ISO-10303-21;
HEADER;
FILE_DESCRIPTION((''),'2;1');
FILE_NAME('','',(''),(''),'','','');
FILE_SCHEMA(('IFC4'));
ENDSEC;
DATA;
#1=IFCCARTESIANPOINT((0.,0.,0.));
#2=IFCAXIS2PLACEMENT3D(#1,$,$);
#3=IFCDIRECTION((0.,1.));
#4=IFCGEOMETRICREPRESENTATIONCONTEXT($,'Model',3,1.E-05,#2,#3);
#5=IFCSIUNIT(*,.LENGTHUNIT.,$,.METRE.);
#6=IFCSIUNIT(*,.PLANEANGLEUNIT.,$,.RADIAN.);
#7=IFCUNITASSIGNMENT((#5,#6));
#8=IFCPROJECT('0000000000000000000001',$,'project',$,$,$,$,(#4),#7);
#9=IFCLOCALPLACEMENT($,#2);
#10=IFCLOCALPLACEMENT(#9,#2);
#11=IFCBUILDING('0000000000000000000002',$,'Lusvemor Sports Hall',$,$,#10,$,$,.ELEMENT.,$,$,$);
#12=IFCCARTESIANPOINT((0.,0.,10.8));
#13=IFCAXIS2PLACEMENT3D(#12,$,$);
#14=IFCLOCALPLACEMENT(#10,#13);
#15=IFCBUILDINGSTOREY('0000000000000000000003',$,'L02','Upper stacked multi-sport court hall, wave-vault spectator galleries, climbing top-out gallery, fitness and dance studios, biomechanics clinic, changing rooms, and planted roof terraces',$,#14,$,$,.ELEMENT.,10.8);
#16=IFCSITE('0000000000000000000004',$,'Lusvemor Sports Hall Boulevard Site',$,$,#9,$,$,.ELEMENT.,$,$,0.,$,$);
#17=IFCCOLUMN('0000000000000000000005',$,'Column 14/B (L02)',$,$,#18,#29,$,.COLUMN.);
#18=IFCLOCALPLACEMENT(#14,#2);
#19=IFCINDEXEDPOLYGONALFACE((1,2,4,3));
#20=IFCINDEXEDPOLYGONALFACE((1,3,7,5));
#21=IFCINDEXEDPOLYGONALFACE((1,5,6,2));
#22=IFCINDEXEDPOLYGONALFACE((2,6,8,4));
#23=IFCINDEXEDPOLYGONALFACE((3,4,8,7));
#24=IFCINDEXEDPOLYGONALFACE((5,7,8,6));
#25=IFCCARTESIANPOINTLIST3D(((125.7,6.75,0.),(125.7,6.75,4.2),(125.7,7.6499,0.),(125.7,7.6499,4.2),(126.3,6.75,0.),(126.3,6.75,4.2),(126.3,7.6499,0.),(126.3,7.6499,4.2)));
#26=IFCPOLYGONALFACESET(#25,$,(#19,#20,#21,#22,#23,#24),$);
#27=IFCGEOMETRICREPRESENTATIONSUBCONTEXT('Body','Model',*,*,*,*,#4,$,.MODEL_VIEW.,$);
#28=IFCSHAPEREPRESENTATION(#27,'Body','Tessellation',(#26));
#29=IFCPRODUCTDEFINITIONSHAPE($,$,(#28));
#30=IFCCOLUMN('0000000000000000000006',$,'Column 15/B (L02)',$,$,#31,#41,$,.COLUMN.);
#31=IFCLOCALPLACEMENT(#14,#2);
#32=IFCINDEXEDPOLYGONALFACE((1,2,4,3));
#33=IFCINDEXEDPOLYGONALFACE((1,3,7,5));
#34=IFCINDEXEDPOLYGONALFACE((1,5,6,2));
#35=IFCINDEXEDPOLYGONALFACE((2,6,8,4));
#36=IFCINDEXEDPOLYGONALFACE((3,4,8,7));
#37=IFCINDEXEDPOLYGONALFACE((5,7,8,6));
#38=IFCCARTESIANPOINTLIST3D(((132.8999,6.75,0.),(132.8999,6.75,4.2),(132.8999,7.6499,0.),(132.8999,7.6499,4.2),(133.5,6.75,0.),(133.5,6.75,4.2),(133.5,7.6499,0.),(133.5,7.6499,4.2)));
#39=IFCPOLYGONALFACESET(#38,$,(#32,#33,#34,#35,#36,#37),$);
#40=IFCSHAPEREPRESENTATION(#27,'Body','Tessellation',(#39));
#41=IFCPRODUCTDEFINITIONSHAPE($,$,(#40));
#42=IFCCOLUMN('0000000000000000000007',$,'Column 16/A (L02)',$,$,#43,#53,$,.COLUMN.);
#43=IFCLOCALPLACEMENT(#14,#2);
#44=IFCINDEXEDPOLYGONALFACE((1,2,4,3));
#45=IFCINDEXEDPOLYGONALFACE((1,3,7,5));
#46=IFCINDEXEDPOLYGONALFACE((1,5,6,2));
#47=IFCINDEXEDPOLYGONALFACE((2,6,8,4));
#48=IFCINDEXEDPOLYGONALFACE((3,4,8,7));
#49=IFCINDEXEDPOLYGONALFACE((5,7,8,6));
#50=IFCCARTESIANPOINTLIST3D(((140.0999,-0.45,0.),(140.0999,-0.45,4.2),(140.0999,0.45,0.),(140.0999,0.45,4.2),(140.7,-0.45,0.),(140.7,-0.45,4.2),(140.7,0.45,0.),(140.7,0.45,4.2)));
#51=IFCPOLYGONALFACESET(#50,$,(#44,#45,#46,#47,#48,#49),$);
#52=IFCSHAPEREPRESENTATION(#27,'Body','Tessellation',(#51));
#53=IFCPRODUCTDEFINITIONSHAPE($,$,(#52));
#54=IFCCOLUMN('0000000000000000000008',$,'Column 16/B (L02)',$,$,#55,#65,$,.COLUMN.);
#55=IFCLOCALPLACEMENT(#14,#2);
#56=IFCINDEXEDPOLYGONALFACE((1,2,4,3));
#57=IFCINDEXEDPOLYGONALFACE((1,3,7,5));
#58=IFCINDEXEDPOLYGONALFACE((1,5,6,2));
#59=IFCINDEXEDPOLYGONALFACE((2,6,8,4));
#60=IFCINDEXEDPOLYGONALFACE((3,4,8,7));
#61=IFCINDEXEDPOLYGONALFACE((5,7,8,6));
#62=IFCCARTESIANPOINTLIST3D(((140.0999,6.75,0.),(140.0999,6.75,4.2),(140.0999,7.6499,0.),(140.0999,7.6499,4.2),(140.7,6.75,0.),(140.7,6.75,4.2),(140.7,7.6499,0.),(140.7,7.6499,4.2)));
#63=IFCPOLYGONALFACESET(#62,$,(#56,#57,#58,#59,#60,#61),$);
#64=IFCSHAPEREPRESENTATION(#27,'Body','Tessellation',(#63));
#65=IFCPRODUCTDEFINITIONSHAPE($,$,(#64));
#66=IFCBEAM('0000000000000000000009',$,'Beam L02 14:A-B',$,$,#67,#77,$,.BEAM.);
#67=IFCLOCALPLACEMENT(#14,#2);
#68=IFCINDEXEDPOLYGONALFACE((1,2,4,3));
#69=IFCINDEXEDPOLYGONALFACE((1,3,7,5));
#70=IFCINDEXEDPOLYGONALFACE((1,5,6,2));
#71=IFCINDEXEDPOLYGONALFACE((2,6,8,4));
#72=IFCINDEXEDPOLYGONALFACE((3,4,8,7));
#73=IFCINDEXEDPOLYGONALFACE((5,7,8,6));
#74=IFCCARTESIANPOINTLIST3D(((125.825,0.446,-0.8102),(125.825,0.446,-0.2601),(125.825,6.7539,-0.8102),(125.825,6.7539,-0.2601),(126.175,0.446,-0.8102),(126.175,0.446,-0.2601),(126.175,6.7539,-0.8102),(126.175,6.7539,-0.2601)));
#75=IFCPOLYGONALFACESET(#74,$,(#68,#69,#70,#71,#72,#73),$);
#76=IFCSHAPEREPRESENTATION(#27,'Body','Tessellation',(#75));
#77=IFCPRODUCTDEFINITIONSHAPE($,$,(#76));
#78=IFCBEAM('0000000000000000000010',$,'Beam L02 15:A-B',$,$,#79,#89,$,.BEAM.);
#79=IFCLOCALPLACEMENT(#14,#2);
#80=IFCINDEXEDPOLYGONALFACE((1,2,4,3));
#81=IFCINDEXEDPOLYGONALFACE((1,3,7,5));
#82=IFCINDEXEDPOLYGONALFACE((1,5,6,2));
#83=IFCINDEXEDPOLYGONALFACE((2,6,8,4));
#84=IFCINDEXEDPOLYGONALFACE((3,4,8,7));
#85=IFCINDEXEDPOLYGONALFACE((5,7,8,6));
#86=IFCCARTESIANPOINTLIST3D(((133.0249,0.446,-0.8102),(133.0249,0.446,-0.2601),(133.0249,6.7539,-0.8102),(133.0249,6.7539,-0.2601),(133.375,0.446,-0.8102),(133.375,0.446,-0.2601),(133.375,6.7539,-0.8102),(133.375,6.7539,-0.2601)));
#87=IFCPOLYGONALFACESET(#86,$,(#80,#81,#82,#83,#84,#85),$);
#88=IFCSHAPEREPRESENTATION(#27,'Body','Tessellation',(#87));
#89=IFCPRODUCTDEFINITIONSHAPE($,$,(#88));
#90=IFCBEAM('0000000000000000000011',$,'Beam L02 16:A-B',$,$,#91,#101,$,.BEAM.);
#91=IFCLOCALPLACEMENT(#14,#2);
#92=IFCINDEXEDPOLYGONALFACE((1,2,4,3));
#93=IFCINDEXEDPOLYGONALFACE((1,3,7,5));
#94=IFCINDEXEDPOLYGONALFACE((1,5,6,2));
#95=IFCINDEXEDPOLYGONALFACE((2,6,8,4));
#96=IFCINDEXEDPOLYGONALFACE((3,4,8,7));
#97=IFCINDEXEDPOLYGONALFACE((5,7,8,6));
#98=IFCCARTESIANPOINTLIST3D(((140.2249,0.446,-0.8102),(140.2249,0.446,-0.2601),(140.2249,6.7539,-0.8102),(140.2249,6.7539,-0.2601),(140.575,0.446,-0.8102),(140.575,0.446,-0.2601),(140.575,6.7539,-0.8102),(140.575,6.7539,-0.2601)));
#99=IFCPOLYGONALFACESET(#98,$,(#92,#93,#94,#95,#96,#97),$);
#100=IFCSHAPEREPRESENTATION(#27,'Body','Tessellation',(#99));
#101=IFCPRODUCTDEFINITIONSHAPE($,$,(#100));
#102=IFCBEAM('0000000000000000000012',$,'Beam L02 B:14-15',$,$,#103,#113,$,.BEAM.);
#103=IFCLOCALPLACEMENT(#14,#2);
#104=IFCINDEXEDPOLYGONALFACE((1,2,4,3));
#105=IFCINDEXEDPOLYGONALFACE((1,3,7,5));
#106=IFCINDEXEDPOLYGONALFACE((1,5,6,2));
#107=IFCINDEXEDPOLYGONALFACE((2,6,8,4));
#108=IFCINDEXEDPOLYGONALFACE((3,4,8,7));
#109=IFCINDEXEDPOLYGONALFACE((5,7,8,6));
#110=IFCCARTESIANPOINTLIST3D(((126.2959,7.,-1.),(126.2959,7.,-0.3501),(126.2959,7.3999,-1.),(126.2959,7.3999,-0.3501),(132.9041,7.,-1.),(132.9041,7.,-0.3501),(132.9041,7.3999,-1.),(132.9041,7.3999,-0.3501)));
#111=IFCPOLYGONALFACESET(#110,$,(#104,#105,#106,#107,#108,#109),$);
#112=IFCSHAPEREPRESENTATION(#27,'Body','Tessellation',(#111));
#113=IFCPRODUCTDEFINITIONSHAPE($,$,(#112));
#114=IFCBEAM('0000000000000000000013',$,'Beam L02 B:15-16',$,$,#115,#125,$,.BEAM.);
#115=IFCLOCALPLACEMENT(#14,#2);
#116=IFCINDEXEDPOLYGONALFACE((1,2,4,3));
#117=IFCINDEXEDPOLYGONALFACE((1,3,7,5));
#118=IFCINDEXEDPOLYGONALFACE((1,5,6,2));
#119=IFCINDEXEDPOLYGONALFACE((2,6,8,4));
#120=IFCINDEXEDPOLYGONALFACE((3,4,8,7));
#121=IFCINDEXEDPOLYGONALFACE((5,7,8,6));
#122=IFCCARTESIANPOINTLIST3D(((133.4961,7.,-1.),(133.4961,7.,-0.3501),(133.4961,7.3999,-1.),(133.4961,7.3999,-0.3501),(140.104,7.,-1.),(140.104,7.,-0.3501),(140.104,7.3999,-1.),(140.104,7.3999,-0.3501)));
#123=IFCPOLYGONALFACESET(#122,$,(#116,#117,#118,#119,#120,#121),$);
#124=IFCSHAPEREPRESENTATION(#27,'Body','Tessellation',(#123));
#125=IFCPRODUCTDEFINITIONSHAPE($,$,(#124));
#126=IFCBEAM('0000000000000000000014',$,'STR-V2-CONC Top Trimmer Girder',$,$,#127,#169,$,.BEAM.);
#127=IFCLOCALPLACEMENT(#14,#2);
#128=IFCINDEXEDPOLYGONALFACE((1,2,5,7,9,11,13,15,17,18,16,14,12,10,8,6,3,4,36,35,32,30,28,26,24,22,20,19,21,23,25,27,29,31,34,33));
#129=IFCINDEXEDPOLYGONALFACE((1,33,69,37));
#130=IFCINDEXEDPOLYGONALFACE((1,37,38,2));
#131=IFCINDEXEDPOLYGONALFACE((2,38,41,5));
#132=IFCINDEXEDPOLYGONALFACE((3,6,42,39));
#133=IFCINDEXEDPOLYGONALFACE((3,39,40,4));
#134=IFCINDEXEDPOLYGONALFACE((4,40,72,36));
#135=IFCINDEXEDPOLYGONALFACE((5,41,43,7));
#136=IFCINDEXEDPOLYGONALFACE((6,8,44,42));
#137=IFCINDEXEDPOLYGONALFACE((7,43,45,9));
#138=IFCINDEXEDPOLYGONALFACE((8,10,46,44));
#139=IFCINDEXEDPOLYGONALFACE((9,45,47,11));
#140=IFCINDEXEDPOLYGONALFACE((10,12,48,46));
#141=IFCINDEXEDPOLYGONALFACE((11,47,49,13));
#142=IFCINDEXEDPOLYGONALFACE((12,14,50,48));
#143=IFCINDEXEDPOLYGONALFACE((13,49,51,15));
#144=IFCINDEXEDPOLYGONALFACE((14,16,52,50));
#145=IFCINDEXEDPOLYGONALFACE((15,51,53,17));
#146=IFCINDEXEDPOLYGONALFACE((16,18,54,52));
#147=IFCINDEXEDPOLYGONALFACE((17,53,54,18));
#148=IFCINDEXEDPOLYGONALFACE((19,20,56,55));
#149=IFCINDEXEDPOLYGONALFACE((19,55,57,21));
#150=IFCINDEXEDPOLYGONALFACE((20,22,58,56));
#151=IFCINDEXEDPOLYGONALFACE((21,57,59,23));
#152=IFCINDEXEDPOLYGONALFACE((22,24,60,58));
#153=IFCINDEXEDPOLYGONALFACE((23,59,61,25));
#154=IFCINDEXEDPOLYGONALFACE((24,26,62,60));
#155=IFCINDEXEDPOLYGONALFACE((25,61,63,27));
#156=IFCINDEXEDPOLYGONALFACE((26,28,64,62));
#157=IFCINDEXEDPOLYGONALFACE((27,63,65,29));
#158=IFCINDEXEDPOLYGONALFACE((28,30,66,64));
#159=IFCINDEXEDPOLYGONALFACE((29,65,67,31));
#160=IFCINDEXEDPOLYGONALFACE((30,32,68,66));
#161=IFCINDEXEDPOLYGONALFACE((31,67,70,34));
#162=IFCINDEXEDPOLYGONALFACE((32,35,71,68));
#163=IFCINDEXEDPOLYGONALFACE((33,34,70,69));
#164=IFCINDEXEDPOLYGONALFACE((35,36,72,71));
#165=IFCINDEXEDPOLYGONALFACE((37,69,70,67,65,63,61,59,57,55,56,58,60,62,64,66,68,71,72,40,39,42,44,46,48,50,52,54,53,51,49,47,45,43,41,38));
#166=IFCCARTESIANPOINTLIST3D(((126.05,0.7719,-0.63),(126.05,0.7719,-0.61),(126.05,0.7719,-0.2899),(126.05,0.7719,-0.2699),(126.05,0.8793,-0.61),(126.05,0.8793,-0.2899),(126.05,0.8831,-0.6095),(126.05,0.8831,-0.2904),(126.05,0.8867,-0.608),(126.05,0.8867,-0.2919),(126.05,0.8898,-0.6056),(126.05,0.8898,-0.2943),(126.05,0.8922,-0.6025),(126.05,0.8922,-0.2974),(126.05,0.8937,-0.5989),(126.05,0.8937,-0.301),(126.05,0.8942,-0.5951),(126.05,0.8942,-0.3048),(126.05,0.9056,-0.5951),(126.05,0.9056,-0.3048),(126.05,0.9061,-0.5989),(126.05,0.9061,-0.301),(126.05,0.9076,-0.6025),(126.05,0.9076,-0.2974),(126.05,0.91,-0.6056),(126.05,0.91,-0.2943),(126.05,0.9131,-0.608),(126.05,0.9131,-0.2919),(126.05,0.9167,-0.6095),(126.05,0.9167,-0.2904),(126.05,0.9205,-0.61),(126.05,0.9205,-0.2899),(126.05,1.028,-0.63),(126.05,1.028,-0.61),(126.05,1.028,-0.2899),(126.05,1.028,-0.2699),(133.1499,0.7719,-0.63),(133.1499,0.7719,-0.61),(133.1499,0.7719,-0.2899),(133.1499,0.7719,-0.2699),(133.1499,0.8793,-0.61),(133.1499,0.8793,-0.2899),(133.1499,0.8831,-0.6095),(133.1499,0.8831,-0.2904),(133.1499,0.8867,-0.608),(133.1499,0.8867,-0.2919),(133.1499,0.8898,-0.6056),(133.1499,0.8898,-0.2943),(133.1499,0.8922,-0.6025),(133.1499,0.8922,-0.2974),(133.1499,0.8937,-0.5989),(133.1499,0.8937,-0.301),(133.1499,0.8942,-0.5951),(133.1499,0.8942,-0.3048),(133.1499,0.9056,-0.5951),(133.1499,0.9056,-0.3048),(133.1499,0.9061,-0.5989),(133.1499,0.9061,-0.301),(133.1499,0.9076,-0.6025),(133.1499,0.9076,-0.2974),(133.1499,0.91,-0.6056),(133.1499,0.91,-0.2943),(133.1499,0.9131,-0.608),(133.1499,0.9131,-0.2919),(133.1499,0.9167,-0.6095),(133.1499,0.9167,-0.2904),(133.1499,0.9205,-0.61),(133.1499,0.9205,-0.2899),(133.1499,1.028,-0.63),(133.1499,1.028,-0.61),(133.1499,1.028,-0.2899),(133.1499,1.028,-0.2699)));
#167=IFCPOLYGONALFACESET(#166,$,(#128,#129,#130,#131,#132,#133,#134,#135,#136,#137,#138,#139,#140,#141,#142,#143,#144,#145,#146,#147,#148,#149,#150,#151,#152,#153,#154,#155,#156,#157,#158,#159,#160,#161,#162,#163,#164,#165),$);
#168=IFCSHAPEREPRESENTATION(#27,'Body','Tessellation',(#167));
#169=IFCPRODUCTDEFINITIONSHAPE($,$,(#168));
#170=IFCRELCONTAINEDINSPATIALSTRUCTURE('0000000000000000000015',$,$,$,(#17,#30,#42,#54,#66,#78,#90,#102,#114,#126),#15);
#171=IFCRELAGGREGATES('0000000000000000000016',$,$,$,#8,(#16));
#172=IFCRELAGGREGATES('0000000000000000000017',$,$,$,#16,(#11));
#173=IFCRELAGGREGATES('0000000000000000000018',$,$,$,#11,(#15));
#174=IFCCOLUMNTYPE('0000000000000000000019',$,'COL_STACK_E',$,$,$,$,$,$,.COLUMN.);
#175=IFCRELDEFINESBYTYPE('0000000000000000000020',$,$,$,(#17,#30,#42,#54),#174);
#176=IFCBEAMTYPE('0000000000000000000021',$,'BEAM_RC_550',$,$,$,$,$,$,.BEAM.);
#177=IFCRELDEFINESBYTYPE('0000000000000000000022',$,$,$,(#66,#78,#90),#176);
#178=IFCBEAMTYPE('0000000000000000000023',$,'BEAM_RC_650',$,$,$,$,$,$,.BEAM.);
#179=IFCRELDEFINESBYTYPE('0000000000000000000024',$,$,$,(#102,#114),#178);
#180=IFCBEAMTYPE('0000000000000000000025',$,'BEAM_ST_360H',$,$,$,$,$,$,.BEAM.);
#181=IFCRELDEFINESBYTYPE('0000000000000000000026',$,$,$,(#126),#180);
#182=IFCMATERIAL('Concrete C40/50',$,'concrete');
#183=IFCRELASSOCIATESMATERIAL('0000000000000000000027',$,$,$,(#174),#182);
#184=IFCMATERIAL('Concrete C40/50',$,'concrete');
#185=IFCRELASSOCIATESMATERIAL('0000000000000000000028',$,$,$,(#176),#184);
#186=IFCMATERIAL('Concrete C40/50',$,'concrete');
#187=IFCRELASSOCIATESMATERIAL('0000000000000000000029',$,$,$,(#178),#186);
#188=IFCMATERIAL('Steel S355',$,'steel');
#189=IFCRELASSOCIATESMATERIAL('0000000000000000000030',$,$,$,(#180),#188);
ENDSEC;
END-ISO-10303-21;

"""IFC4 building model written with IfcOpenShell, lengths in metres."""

from ifc_helpers import new_model, si_unit, direction, frame, origin, origin_2d, place, context, subcontext, project, spatial, rectangle, i_section, extrude, material, material_profile, profile_set, type_object, element, save


model = new_model("IFC4")

# Units and contexts
model_context = context("Model", 3, precision=1e-05, world=origin(), true_north=direction((0.0, 1.0)))
body_context = subcontext(model_context, "Body", "Model", "MODEL_VIEW")
ifc_project = project(units=[si_unit("LENGTHUNIT", "METRE"), si_unit("PLANEANGLEUNIT", "RADIAN")], contexts=[model_context])

# Site, building, storey
site_placement = place(None, origin())
site = spatial("IfcSite", under=ifc_project, at=site_placement, Name="Lusvemor Sports Hall Boulevard Site", CompositionType="ELEMENT", RefElevation=0.0)
building_placement = place(site_placement, origin())
building = spatial("IfcBuilding", under=site, at=building_placement, Name="Lusvemor Sports Hall", CompositionType="ELEMENT")
storey_placement = place(building_placement, frame((0.0, 0.0, 10.8)))
storey = spatial("IfcBuildingStorey", under=building, at=storey_placement, Name="L02", Description="Upper stacked multi-sport court hall, wave-vault spectator galleries, climbing top-out gallery, fitness and dance studios, biomechanics clinic, changing rooms, and planted roof terraces", CompositionType="ELEMENT", Elevation=10.8)

# Columns
ifc_material_1 = material(Name="Concrete C40/50", Category="concrete")
ifc_material_profile_1 = material_profile(ifc_material_1, rectangle(XDim=0.6001, YDim=0.8999, at=origin_2d()), Name="RC600x900")
ifc_profile_set_1 = profile_set([ifc_material_profile_1], Name="Concrete C40/50")
column_type = type_object("IfcColumnType", Name="COL_STACK_E", PredefinedType="COLUMN", material=ifc_profile_set_1)
for number, where, z_axis, x_axis, name in (
    (1, (126.0, 7.2, 0.0), (0.0, 0.0, 1.0), (1.0, 0.0, 0.0), "Column 14/B (L02)"),
    (2, (133.2, 7.2, 0.0), (0.0, 0.0, 1.0), (1.0, 0.0, 0.0), "Column 15/B (L02)"),
    (3, (140.3999, 0.0, 0.0), (0.0, 0.0, 1.0), (1.0, 0.0, 0.0), "Column 16/A (L02)"),
    (4, (140.3999, 7.2, 0.0), (0.0, 0.0, 1.0), (1.0, 0.0, 0.0), "Column 16/B (L02)"),
):
    element("IfcColumn", number, at=place(storey_placement, frame(where, z_axis=z_axis, x_axis=x_axis)), inside=storey, type_object=column_type, Name=name, PredefinedType="COLUMN", context=body_context, shape_type="SweptSolid", body=[
        extrude(rectangle(XDim=0.6001, YDim=0.8999, at=origin_2d()), origin(), (0.0, 0.0, 1.0), 4.2),
    ])

# Beams
ifc_material_2 = material(Name="Concrete C40/50", Category="concrete")
ifc_material_profile_2 = material_profile(ifc_material_2, rectangle(XDim=0.3501, YDim=0.55, at=origin_2d()), Name="RC350x550")
ifc_profile_set_2 = profile_set([ifc_material_profile_2], Name="Concrete C40/50")
beam_type_1 = type_object("IfcBeamType", Name="BEAM_RC_550", PredefinedType="BEAM", material=ifc_profile_set_2)
for number, where, z_axis, x_axis, name in (
    (5, (126.0, 0.446, -0.5352), (0.0, 1.0, 0.0), (-1.0, 0.0, 0.0), "Beam L02 14:A-B"),
    (6, (133.2, 0.446, -0.5352), (0.0, 1.0, 0.0), (-1.0, 0.0, 0.0), "Beam L02 15:A-B"),
    (7, (140.3999, 0.446, -0.5352), (0.0, 1.0, 0.0), (-1.0, 0.0, 0.0), "Beam L02 16:A-B"),
):
    element("IfcBeam", number, at=place(storey_placement, frame(where, z_axis=z_axis, x_axis=x_axis)), inside=storey, type_object=beam_type_1, Name=name, PredefinedType="BEAM", context=body_context, shape_type="SweptSolid", body=[
        extrude(rectangle(XDim=0.3501, YDim=0.55, at=origin_2d()), origin(), (0.0, 0.0, 1.0), 6.3079),
    ])
ifc_material_3 = material(Name="Concrete C40/50", Category="concrete")
ifc_material_profile_3 = material_profile(ifc_material_3, rectangle(XDim=0.3999, YDim=0.6499, at=origin_2d()), Name="RC400x650")
ifc_profile_set_3 = profile_set([ifc_material_profile_3], Name="Concrete C40/50")
beam_type_2 = type_object("IfcBeamType", Name="BEAM_RC_650", PredefinedType="BEAM", material=ifc_profile_set_3)
beam_1_placement = place(storey_placement, frame((126.2959, 7.2, -0.675), z_axis=(1.0, 0.0, 0.0), x_axis=(0.0, 1.0, 0.0)))
element("IfcBeam", 8, at=beam_1_placement, inside=storey, type_object=beam_type_2, Name="Beam L02 B:14-15", PredefinedType="BEAM", context=body_context, shape_type="SweptSolid", body=[
    extrude(rectangle(XDim=0.3999, YDim=0.6499, at=origin_2d()), origin(), (0.0, 0.0, 1.0), 6.6082),
])
beam_2_placement = place(storey_placement, frame((133.4961, 7.2, -0.675), z_axis=(1.0, 0.0, 0.0), x_axis=(0.0, 1.0, 0.0)))
element("IfcBeam", 9, at=beam_2_placement, inside=storey, type_object=beam_type_2, Name="Beam L02 B:15-16", PredefinedType="BEAM", context=body_context, shape_type="SweptSolid", body=[
    extrude(rectangle(XDim=0.3999, YDim=0.6499, at=origin_2d()), origin(), (0.0, 0.0, 1.0), 6.6079),
])
ifc_material_4 = material(Name="Steel S355", Category="steel")
ifc_material_profile_4 = material_profile(ifc_material_4, i_section(OverallWidth=0.2561, OverallDepth=0.3601, WebThickness=0.0115, FlangeThickness=0.02, FilletRadius=0.0149, at=origin_2d()), Name="W360x110.0")
ifc_profile_set_4 = profile_set([ifc_material_profile_4], Name="Steel S355")
beam_type_3 = type_object("IfcBeamType", Name="BEAM_ST_360H", PredefinedType="BEAM", material=ifc_profile_set_4)
beam_3_placement = place(storey_placement, frame((126.05, 0.8999, -0.45), z_axis=(1.0, 0.0, 0.0), x_axis=(0.0, 1.0, 0.0)))
element("IfcBeam", 10, at=beam_3_placement, inside=storey, type_object=beam_type_3, Name="STR-V2-CONC Top Trimmer Girder", PredefinedType="BEAM", context=body_context, shape_type="SweptSolid", body=[
    extrude(i_section(OverallWidth=0.2561, OverallDepth=0.3601, WebThickness=0.0115, FlangeThickness=0.02, FilletRadius=0.0149, at=origin_2d()), origin(), (0.0, 0.0, 1.0), 7.0999),
])

save(model, "model.ifc")
